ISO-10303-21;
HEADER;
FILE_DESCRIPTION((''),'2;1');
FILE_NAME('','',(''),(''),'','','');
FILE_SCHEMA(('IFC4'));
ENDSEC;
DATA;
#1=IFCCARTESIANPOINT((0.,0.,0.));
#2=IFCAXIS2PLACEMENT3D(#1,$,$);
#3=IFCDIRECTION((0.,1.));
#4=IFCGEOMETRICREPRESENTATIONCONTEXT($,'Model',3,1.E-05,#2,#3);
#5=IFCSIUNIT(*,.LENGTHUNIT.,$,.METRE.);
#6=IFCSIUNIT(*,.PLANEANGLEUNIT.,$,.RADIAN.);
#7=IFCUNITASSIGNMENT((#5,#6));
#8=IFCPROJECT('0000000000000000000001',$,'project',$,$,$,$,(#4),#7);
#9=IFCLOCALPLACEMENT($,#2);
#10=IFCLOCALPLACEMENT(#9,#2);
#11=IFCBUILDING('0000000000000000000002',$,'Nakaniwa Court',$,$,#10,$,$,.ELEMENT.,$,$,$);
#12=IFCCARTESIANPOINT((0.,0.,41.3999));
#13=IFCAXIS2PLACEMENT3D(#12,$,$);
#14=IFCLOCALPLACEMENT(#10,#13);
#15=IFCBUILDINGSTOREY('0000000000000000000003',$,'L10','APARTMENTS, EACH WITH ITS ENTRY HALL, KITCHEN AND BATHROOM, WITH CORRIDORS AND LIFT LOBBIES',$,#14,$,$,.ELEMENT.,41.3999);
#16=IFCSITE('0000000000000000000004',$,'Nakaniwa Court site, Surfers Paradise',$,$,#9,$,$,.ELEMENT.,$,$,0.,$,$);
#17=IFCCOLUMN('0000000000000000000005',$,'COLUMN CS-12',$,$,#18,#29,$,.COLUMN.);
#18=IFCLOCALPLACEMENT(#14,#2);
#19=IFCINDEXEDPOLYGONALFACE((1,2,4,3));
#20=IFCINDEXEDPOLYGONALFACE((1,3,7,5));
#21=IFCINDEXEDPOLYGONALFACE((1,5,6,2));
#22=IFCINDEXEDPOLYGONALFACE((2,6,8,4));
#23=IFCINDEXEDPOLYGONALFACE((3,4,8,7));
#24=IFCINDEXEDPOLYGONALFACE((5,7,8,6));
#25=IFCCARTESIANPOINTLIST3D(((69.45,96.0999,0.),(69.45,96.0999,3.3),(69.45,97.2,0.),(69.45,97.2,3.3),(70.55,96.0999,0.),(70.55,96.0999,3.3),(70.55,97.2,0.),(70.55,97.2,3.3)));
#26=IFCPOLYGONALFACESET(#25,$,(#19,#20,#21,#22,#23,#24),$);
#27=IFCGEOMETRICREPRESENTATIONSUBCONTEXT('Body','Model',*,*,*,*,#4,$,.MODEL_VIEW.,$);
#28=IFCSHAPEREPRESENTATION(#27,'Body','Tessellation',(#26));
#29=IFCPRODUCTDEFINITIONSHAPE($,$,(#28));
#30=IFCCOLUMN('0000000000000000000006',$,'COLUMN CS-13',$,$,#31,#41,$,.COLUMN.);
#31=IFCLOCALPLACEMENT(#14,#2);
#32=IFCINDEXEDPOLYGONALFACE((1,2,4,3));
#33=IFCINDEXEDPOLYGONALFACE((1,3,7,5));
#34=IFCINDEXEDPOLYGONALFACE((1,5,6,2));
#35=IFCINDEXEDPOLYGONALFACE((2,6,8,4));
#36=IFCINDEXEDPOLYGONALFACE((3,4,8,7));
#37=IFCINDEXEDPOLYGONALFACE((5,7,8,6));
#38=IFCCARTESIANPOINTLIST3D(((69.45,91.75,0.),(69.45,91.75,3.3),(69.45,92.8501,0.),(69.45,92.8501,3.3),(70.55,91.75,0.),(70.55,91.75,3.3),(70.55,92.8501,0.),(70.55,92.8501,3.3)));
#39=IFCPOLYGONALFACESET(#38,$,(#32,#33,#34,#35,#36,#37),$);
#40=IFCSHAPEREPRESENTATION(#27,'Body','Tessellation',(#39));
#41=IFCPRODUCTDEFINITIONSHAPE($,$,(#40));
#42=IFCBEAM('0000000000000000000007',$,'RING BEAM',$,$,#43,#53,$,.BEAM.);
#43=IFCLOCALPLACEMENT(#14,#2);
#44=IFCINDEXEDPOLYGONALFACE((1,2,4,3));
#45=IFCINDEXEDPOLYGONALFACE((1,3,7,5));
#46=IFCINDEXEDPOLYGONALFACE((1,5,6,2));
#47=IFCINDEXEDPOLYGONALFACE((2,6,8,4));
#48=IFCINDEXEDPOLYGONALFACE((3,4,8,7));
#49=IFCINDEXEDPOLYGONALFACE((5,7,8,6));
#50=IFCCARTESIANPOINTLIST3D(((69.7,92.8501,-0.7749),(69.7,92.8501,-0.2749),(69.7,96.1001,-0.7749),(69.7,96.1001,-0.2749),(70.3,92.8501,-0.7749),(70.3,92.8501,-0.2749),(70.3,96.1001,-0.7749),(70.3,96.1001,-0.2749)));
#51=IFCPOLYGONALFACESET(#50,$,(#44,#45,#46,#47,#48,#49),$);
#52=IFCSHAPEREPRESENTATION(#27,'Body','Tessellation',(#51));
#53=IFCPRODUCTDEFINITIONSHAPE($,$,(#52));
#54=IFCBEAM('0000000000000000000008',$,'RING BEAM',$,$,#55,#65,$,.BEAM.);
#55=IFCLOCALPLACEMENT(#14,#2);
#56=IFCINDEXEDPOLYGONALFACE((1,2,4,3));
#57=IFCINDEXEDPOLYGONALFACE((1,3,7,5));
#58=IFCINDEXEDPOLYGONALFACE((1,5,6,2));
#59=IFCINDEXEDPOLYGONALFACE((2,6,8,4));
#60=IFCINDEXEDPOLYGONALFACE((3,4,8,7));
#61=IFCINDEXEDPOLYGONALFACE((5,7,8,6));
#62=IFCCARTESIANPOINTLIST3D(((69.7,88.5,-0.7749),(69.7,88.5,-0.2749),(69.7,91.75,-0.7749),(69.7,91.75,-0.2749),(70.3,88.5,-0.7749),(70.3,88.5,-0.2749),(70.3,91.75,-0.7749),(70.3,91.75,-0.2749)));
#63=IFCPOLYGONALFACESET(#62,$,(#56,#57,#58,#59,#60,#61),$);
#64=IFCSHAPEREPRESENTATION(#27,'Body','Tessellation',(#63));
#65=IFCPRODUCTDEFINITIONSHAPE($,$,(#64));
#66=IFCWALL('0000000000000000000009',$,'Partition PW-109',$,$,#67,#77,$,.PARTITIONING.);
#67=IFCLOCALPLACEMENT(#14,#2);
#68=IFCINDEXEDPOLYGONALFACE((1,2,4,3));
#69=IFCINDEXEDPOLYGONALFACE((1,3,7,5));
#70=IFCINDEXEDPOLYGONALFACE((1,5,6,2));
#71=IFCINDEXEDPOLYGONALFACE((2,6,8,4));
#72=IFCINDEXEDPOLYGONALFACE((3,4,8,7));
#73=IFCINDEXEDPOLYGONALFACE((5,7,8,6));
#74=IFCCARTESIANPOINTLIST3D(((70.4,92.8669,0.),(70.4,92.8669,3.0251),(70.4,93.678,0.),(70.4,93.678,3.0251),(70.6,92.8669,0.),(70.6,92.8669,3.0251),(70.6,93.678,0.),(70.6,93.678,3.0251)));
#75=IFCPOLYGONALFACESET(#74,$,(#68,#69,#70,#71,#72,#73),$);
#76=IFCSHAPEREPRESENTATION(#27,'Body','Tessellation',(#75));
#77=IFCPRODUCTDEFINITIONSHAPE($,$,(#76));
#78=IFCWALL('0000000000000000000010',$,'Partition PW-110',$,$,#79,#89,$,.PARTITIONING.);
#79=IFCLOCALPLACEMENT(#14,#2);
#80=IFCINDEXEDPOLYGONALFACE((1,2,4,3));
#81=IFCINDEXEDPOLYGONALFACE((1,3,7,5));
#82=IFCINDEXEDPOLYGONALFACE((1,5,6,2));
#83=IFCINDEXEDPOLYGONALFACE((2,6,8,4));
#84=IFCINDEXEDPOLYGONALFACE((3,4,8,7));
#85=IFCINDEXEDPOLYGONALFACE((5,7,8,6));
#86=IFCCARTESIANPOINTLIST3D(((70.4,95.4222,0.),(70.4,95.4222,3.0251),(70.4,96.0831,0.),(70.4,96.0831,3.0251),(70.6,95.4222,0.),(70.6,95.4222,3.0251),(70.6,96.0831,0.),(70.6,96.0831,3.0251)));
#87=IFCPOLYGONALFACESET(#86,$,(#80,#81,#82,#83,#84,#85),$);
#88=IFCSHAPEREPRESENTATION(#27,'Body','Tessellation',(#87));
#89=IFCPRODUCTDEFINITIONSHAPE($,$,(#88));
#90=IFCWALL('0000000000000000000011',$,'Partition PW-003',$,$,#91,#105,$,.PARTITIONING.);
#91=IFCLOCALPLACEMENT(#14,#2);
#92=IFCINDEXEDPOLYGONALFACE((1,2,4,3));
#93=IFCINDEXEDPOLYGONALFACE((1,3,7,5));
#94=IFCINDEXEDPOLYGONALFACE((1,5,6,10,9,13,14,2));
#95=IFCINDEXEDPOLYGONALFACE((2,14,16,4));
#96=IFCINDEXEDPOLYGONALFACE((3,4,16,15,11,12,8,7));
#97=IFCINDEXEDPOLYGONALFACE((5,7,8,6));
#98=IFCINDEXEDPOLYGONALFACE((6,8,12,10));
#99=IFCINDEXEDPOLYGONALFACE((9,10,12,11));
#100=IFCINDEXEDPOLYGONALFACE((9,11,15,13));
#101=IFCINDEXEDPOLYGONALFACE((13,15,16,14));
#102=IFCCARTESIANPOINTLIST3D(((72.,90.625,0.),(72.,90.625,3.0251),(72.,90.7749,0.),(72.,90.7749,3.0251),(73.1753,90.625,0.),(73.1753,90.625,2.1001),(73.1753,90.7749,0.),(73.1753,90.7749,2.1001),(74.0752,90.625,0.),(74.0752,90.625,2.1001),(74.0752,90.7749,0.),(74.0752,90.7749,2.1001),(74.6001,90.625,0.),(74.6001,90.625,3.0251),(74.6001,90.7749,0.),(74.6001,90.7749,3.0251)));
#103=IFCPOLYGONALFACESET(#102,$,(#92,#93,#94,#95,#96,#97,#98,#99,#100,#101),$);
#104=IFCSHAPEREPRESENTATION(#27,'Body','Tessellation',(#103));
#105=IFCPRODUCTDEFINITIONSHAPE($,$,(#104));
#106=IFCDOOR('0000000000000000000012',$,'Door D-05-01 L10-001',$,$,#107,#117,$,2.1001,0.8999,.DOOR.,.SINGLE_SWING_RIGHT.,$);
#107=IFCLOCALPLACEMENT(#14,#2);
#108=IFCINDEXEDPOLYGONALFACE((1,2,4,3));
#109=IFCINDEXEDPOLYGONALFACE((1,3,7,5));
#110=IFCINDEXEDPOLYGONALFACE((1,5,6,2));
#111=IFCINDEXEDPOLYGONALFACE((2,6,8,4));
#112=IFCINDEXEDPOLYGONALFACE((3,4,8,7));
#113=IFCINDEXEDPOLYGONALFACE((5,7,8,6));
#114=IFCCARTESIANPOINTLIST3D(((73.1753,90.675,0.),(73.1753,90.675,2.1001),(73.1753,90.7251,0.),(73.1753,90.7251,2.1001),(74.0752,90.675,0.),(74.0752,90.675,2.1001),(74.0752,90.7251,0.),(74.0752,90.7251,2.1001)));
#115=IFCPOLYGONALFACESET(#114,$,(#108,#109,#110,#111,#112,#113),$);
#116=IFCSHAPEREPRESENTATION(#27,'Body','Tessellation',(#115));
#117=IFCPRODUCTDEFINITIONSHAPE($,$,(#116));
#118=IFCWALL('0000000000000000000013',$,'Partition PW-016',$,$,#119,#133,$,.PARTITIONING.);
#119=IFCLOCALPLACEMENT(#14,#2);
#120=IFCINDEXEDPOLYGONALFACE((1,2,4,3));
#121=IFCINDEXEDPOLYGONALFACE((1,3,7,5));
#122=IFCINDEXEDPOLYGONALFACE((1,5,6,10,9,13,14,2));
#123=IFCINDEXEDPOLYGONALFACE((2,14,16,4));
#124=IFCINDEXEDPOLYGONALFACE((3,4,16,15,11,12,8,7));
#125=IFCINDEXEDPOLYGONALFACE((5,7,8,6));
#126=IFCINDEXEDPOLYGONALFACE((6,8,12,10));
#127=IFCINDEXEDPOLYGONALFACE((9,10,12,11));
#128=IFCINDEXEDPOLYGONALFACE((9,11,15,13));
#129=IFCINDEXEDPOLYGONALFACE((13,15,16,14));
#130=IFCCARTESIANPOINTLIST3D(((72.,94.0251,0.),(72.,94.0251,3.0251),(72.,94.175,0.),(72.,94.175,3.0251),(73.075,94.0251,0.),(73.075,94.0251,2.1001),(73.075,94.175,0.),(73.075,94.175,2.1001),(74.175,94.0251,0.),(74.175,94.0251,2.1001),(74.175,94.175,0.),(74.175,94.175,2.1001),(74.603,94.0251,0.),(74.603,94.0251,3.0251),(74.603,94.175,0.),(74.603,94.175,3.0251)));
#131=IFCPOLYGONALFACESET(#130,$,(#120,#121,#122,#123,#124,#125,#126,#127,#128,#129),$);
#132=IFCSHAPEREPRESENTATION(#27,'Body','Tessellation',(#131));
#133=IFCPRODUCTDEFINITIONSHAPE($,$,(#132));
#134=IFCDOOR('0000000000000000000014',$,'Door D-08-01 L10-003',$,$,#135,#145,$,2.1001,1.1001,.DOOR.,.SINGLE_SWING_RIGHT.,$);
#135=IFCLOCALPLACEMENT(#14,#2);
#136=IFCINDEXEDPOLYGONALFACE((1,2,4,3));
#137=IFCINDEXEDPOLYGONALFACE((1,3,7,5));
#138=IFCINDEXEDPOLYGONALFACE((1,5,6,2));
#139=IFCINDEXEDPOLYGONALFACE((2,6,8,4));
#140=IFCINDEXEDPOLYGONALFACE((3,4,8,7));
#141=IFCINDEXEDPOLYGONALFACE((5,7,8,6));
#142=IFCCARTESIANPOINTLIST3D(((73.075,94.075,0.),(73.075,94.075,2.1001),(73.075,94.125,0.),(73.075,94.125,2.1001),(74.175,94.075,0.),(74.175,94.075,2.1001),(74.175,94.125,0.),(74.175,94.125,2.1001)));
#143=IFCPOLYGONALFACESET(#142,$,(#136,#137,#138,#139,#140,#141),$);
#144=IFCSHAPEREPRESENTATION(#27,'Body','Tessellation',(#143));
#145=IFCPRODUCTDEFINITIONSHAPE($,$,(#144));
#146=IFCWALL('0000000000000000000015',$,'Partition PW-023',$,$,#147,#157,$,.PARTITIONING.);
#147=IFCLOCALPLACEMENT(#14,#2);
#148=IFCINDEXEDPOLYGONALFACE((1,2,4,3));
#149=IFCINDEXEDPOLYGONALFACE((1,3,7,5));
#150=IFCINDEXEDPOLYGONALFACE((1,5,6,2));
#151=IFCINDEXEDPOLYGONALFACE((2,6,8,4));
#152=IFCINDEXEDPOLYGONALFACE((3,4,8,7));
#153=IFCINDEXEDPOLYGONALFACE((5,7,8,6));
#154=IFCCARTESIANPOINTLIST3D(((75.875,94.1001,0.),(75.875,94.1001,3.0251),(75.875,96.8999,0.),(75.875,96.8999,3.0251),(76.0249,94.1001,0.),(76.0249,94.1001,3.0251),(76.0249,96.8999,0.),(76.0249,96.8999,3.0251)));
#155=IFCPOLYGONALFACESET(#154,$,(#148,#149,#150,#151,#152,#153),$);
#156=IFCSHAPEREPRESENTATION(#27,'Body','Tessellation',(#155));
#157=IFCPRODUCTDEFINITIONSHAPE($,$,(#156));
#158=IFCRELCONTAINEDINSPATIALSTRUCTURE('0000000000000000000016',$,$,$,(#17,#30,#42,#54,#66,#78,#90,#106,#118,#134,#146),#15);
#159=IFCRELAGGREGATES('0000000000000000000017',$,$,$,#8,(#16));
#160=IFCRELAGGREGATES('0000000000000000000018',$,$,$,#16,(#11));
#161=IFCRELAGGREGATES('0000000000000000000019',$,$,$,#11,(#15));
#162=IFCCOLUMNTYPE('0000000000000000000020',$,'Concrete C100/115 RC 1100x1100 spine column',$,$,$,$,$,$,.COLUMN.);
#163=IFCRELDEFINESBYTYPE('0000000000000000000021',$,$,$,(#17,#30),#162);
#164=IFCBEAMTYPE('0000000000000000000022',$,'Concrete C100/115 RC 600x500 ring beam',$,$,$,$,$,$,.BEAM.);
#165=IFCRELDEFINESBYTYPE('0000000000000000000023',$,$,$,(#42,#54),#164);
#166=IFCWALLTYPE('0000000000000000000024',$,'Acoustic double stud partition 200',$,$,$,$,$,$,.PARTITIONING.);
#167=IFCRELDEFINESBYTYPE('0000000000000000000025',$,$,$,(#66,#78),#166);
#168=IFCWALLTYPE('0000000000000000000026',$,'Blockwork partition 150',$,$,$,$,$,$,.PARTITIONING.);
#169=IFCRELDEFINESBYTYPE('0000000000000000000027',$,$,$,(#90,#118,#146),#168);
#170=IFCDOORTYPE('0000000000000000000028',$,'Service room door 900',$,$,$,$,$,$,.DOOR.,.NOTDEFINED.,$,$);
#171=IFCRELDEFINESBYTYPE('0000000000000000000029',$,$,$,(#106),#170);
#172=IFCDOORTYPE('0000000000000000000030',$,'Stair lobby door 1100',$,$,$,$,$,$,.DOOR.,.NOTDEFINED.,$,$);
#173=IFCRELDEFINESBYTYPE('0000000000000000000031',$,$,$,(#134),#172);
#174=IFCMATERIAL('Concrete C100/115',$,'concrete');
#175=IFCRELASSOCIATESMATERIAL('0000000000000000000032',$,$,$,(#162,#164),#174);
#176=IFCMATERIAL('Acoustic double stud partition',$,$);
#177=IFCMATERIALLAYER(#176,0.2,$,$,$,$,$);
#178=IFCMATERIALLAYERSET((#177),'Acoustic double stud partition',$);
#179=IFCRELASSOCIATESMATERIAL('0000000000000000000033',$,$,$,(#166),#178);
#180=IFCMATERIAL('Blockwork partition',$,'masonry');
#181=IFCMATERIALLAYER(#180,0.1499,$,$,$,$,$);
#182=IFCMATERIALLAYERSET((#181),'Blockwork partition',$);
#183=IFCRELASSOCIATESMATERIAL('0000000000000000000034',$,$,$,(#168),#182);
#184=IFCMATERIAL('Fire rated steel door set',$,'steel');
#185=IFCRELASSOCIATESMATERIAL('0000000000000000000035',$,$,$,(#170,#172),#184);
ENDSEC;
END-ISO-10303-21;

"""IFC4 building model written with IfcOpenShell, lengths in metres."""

from ifc_helpers import new_model, si_unit, direction, frame, frame_2d, origin, origin_2d, place, context, subcontext, project, spatial, rectangle, extrude, material, layer, layer_set, material_profile, profile_set, type_object, element, fill, save


model = new_model("IFC4")

# Units and contexts
model_context = context("Model", 3, precision=1e-05, world=origin(), true_north=direction((0.0, 1.0)))
body_context = subcontext(model_context, "Body", "Model", "MODEL_VIEW")
ifc_project = project(units=[si_unit("LENGTHUNIT", "METRE"), si_unit("PLANEANGLEUNIT", "RADIAN")], contexts=[model_context])

# Site, building, storey
site_placement = place(None, origin())
site = spatial("IfcSite", under=ifc_project, at=site_placement, Name="Nakaniwa Court site, Surfers Paradise", CompositionType="ELEMENT", RefElevation=0.0)
building_placement = place(site_placement, origin())
building = spatial("IfcBuilding", under=site, at=building_placement, Name="Nakaniwa Court", CompositionType="ELEMENT")
storey_placement = place(building_placement, frame((0.0, 0.0, 41.3999)))
storey = spatial("IfcBuildingStorey", under=building, at=storey_placement, Name="L10", Description="APARTMENTS, EACH WITH ITS ENTRY HALL, KITCHEN AND BATHROOM, WITH CORRIDORS AND LIFT LOBBIES", CompositionType="ELEMENT", Elevation=41.3999)

# Columns
ifc_material_1 = material(Name="Concrete C100/115", Category="concrete")
ifc_material_profile_1 = material_profile(ifc_material_1, rectangle(XDim=1.1001, YDim=1.1001, at=origin_2d()), Name="Concrete C100/115 RC 1100x1100 spine column")
ifc_profile_set_1 = profile_set([ifc_material_profile_1], Name="Concrete C100/115")
column_type = type_object("IfcColumnType", Name="Concrete C100/115 RC 1100x1100 spine column", PredefinedType="COLUMN", material=ifc_profile_set_1)
for number, where, z_axis, x_axis, name in (
    (1, (70.0, 96.6499, 0.0), (0.0, 0.0, 1.0), (0.0, -1.0, 0.0), "COLUMN CS-12"),
    (2, (70.0, 92.3, 0.0), (0.0, 0.0, 1.0), (0.0, -1.0, 0.0), "COLUMN CS-13"),
):
    element("IfcColumn", number, at=place(storey_placement, frame(where, z_axis=z_axis, x_axis=x_axis)), inside=storey, type_object=column_type, Name=name, PredefinedType="COLUMN", context=body_context, shape_type="SweptSolid", body=[
        extrude(rectangle(XDim=1.1001, YDim=1.1001, at=origin_2d()), origin(), (0.0, 0.0, 1.0), 3.3),
    ])

# Beams
ifc_material_profile_2 = material_profile(ifc_material_1, rectangle(XDim=0.6001, YDim=0.5, at=origin_2d()), Name="Concrete C100/115 RC 600x500 ring beam")
ifc_profile_set_2 = profile_set([ifc_material_profile_2], Name="Concrete C100/115")
beam_type = type_object("IfcBeamType", Name="Concrete C100/115 RC 600x500 ring beam", PredefinedType="BEAM", material=ifc_profile_set_2)
for number, where, z_axis, x_axis, name in (
    (3, (70.0, 96.1001, -0.5249), (0.0, -1.0, 0.0), (1.0, 0.0, 0.0), "RING BEAM"),
    (4, (70.0, 91.75, -0.5249), (0.0, -1.0, 0.0), (1.0, 0.0, 0.0), "RING BEAM"),
):
    element("IfcBeam", number, at=place(storey_placement, frame(where, z_axis=z_axis, x_axis=x_axis)), inside=storey, type_object=beam_type, Name=name, PredefinedType="BEAM", context=body_context, shape_type="SweptSolid", body=[
        extrude(rectangle(XDim=0.6001, YDim=0.5, at=origin_2d()), origin(), (0.0, 0.0, 1.0), 3.25),
    ])

# Walls
ifc_material_2 = material(Name="Acoustic double stud partition")
ifc_layer_1 = layer(ifc_material_2, 0.2)
ifc_layer_set_1 = layer_set([ifc_layer_1], Name="Acoustic double stud partition")
wall_type_1 = type_object("IfcWallType", Name="Acoustic double stud partition 200", PredefinedType="PARTITIONING", material=ifc_layer_set_1)
wall_1_placement = place(storey_placement, frame((70.5, 92.8669, 0.0), z_axis=(0.0, 0.0, 1.0), x_axis=(0.0, 1.0, 0.0)))
element("IfcWall", 5, at=wall_1_placement, inside=storey, type_object=wall_type_1, Name="Partition PW-109", PredefinedType="PARTITIONING", context=body_context, shape_type="SweptSolid", body=[
    extrude(rectangle(XDim=0.811, YDim=0.2, at=frame_2d((0.4055, 0.0))), origin(), (0.0, 0.0, 1.0), 3.0251),
])
wall_2_placement = place(storey_placement, frame((70.5, 95.4221, 0.0), z_axis=(0.0, 0.0, 1.0), x_axis=(0.0, 1.0, 0.0)))
element("IfcWall", 6, at=wall_2_placement, inside=storey, type_object=wall_type_1, Name="Partition PW-110", PredefinedType="PARTITIONING", context=body_context, shape_type="SweptSolid", body=[
    extrude(rectangle(XDim=0.6609, YDim=0.2, at=frame_2d((0.3306, 0.0))), origin(), (0.0, 0.0, 1.0), 3.0251),
])

# Walls, openings, doors
ifc_material_3 = material(Name="Blockwork partition", Category="masonry")
ifc_layer_2 = layer(ifc_material_3, 0.1499)
ifc_layer_set_2 = layer_set([ifc_layer_2], Name="Blockwork partition")
wall_type_2 = type_object("IfcWallType", Name="Blockwork partition 150", PredefinedType="PARTITIONING", material=ifc_layer_set_2)
wall_3_placement = place(storey_placement, frame((74.6001, 90.7, 0.0), z_axis=(0.0, 0.0, 1.0), x_axis=(-1.0, 0.0, 0.0)))
wall_3 = element("IfcWall", 7, at=wall_3_placement, inside=storey, type_object=wall_type_2, Name="Partition PW-003", PredefinedType="PARTITIONING", context=body_context, shape_type="SweptSolid", body=[
    extrude(rectangle(XDim=2.6001, YDim=0.1499, at=frame_2d((1.3, 0.0))), origin(), (0.0, 0.0, 1.0), 3.0251),
])
opening_1_placement = place(wall_3_placement, frame((0.5249, 0.0, 0.0)))
opening_1 = element("IfcOpeningElement", 8, at=opening_1_placement, cuts=wall_3, PredefinedType="OPENING", context=body_context, shape_type="SweptSolid", body=[
    extrude(rectangle(XDim=0.8999, YDim=2.1001, at=frame_2d((0.45, 1.05))), frame((0.0, 0.085, 0.0), z_axis=(0.0, -1.0, 0.0), x_axis=(1.0, 0.0, 0.0)), (0.0, 0.0, 1.0), 0.1699),
])
ifc_material_4 = material(Name="Fire rated steel door set", Category="steel")
door_type_1 = type_object("IfcDoorType", Name="Service room door 900", OperationType="NOTDEFINED", PredefinedType="DOOR", material=ifc_material_4)
door_1_placement = place(opening_1_placement, origin())
door_1 = element("IfcDoor", 9, at=door_1_placement, inside=storey, type_object=door_type_1, Name="Door D-05-01 L10-001", OperationType="SINGLE_SWING_RIGHT", OverallHeight=2.1001, OverallWidth=0.8999, PredefinedType="DOOR", context=body_context, shape_type="SweptSolid", body=[
    extrude(rectangle(XDim=0.8999, YDim=2.1001, at=frame_2d((0.45, 1.05))), frame((0.0, 0.0249, 0.0), z_axis=(0.0, -1.0, 0.0), x_axis=(1.0, 0.0, 0.0)), (0.0, 0.0, 1.0), 0.05),
])
fill(opening_1, door_1)
wall_4_placement = place(storey_placement, frame((72.0, 94.1001, 0.0), z_axis=(0.0, 0.0, 1.0), x_axis=(1.0, 0.0, 0.0)))
wall_4 = element("IfcWall", 10, at=wall_4_placement, inside=storey, type_object=wall_type_2, Name="Partition PW-016", PredefinedType="PARTITIONING", context=body_context, shape_type="SweptSolid", body=[
    extrude(rectangle(XDim=2.603, YDim=0.1499, at=frame_2d((1.3015, 0.0))), origin(), (0.0, 0.0, 1.0), 3.0251),
])
opening_2_placement = place(wall_4_placement, frame((1.075, 0.0, 0.0)))
opening_2 = element("IfcOpeningElement", 11, at=opening_2_placement, cuts=wall_4, PredefinedType="OPENING", context=body_context, shape_type="SweptSolid", body=[
    extrude(rectangle(XDim=1.1001, YDim=2.1001, at=frame_2d((0.55, 1.05))), frame((0.0, 0.085, 0.0), z_axis=(0.0, -1.0, 0.0), x_axis=(1.0, 0.0, 0.0)), (0.0, 0.0, 1.0), 0.1699),
])
door_type_2 = type_object("IfcDoorType", Name="Stair lobby door 1100", OperationType="NOTDEFINED", PredefinedType="DOOR", material=ifc_material_4)
door_2_placement = place(opening_2_placement, origin())
door_2 = element("IfcDoor", 12, at=door_2_placement, inside=storey, type_object=door_type_2, Name="Door D-08-01 L10-003", OperationType="SINGLE_SWING_RIGHT", OverallHeight=2.1001, OverallWidth=1.1001, PredefinedType="DOOR", context=body_context, shape_type="SweptSolid", body=[
    extrude(rectangle(XDim=1.1001, YDim=2.1001, at=frame_2d((0.55, 1.05))), frame((0.0, 0.0249, 0.0), z_axis=(0.0, -1.0, 0.0), x_axis=(1.0, 0.0, 0.0)), (0.0, 0.0, 1.0), 0.05),
])
fill(opening_2, door_2)

# Wall
wall_5_placement = place(storey_placement, frame((75.95, 94.1001, 0.0), z_axis=(0.0, 0.0, 1.0), x_axis=(0.0, 1.0, 0.0)))
element("IfcWall", 13, at=wall_5_placement, inside=storey, type_object=wall_type_2, Name="Partition PW-023", PredefinedType="PARTITIONING", context=body_context, shape_type="SweptSolid", body=[
    extrude(rectangle(XDim=2.7998, YDim=0.1499, at=frame_2d((1.3999, 0.0))), origin(), (0.0, 0.0, 1.0), 3.0251),
])

save(model, "model.ifc")
